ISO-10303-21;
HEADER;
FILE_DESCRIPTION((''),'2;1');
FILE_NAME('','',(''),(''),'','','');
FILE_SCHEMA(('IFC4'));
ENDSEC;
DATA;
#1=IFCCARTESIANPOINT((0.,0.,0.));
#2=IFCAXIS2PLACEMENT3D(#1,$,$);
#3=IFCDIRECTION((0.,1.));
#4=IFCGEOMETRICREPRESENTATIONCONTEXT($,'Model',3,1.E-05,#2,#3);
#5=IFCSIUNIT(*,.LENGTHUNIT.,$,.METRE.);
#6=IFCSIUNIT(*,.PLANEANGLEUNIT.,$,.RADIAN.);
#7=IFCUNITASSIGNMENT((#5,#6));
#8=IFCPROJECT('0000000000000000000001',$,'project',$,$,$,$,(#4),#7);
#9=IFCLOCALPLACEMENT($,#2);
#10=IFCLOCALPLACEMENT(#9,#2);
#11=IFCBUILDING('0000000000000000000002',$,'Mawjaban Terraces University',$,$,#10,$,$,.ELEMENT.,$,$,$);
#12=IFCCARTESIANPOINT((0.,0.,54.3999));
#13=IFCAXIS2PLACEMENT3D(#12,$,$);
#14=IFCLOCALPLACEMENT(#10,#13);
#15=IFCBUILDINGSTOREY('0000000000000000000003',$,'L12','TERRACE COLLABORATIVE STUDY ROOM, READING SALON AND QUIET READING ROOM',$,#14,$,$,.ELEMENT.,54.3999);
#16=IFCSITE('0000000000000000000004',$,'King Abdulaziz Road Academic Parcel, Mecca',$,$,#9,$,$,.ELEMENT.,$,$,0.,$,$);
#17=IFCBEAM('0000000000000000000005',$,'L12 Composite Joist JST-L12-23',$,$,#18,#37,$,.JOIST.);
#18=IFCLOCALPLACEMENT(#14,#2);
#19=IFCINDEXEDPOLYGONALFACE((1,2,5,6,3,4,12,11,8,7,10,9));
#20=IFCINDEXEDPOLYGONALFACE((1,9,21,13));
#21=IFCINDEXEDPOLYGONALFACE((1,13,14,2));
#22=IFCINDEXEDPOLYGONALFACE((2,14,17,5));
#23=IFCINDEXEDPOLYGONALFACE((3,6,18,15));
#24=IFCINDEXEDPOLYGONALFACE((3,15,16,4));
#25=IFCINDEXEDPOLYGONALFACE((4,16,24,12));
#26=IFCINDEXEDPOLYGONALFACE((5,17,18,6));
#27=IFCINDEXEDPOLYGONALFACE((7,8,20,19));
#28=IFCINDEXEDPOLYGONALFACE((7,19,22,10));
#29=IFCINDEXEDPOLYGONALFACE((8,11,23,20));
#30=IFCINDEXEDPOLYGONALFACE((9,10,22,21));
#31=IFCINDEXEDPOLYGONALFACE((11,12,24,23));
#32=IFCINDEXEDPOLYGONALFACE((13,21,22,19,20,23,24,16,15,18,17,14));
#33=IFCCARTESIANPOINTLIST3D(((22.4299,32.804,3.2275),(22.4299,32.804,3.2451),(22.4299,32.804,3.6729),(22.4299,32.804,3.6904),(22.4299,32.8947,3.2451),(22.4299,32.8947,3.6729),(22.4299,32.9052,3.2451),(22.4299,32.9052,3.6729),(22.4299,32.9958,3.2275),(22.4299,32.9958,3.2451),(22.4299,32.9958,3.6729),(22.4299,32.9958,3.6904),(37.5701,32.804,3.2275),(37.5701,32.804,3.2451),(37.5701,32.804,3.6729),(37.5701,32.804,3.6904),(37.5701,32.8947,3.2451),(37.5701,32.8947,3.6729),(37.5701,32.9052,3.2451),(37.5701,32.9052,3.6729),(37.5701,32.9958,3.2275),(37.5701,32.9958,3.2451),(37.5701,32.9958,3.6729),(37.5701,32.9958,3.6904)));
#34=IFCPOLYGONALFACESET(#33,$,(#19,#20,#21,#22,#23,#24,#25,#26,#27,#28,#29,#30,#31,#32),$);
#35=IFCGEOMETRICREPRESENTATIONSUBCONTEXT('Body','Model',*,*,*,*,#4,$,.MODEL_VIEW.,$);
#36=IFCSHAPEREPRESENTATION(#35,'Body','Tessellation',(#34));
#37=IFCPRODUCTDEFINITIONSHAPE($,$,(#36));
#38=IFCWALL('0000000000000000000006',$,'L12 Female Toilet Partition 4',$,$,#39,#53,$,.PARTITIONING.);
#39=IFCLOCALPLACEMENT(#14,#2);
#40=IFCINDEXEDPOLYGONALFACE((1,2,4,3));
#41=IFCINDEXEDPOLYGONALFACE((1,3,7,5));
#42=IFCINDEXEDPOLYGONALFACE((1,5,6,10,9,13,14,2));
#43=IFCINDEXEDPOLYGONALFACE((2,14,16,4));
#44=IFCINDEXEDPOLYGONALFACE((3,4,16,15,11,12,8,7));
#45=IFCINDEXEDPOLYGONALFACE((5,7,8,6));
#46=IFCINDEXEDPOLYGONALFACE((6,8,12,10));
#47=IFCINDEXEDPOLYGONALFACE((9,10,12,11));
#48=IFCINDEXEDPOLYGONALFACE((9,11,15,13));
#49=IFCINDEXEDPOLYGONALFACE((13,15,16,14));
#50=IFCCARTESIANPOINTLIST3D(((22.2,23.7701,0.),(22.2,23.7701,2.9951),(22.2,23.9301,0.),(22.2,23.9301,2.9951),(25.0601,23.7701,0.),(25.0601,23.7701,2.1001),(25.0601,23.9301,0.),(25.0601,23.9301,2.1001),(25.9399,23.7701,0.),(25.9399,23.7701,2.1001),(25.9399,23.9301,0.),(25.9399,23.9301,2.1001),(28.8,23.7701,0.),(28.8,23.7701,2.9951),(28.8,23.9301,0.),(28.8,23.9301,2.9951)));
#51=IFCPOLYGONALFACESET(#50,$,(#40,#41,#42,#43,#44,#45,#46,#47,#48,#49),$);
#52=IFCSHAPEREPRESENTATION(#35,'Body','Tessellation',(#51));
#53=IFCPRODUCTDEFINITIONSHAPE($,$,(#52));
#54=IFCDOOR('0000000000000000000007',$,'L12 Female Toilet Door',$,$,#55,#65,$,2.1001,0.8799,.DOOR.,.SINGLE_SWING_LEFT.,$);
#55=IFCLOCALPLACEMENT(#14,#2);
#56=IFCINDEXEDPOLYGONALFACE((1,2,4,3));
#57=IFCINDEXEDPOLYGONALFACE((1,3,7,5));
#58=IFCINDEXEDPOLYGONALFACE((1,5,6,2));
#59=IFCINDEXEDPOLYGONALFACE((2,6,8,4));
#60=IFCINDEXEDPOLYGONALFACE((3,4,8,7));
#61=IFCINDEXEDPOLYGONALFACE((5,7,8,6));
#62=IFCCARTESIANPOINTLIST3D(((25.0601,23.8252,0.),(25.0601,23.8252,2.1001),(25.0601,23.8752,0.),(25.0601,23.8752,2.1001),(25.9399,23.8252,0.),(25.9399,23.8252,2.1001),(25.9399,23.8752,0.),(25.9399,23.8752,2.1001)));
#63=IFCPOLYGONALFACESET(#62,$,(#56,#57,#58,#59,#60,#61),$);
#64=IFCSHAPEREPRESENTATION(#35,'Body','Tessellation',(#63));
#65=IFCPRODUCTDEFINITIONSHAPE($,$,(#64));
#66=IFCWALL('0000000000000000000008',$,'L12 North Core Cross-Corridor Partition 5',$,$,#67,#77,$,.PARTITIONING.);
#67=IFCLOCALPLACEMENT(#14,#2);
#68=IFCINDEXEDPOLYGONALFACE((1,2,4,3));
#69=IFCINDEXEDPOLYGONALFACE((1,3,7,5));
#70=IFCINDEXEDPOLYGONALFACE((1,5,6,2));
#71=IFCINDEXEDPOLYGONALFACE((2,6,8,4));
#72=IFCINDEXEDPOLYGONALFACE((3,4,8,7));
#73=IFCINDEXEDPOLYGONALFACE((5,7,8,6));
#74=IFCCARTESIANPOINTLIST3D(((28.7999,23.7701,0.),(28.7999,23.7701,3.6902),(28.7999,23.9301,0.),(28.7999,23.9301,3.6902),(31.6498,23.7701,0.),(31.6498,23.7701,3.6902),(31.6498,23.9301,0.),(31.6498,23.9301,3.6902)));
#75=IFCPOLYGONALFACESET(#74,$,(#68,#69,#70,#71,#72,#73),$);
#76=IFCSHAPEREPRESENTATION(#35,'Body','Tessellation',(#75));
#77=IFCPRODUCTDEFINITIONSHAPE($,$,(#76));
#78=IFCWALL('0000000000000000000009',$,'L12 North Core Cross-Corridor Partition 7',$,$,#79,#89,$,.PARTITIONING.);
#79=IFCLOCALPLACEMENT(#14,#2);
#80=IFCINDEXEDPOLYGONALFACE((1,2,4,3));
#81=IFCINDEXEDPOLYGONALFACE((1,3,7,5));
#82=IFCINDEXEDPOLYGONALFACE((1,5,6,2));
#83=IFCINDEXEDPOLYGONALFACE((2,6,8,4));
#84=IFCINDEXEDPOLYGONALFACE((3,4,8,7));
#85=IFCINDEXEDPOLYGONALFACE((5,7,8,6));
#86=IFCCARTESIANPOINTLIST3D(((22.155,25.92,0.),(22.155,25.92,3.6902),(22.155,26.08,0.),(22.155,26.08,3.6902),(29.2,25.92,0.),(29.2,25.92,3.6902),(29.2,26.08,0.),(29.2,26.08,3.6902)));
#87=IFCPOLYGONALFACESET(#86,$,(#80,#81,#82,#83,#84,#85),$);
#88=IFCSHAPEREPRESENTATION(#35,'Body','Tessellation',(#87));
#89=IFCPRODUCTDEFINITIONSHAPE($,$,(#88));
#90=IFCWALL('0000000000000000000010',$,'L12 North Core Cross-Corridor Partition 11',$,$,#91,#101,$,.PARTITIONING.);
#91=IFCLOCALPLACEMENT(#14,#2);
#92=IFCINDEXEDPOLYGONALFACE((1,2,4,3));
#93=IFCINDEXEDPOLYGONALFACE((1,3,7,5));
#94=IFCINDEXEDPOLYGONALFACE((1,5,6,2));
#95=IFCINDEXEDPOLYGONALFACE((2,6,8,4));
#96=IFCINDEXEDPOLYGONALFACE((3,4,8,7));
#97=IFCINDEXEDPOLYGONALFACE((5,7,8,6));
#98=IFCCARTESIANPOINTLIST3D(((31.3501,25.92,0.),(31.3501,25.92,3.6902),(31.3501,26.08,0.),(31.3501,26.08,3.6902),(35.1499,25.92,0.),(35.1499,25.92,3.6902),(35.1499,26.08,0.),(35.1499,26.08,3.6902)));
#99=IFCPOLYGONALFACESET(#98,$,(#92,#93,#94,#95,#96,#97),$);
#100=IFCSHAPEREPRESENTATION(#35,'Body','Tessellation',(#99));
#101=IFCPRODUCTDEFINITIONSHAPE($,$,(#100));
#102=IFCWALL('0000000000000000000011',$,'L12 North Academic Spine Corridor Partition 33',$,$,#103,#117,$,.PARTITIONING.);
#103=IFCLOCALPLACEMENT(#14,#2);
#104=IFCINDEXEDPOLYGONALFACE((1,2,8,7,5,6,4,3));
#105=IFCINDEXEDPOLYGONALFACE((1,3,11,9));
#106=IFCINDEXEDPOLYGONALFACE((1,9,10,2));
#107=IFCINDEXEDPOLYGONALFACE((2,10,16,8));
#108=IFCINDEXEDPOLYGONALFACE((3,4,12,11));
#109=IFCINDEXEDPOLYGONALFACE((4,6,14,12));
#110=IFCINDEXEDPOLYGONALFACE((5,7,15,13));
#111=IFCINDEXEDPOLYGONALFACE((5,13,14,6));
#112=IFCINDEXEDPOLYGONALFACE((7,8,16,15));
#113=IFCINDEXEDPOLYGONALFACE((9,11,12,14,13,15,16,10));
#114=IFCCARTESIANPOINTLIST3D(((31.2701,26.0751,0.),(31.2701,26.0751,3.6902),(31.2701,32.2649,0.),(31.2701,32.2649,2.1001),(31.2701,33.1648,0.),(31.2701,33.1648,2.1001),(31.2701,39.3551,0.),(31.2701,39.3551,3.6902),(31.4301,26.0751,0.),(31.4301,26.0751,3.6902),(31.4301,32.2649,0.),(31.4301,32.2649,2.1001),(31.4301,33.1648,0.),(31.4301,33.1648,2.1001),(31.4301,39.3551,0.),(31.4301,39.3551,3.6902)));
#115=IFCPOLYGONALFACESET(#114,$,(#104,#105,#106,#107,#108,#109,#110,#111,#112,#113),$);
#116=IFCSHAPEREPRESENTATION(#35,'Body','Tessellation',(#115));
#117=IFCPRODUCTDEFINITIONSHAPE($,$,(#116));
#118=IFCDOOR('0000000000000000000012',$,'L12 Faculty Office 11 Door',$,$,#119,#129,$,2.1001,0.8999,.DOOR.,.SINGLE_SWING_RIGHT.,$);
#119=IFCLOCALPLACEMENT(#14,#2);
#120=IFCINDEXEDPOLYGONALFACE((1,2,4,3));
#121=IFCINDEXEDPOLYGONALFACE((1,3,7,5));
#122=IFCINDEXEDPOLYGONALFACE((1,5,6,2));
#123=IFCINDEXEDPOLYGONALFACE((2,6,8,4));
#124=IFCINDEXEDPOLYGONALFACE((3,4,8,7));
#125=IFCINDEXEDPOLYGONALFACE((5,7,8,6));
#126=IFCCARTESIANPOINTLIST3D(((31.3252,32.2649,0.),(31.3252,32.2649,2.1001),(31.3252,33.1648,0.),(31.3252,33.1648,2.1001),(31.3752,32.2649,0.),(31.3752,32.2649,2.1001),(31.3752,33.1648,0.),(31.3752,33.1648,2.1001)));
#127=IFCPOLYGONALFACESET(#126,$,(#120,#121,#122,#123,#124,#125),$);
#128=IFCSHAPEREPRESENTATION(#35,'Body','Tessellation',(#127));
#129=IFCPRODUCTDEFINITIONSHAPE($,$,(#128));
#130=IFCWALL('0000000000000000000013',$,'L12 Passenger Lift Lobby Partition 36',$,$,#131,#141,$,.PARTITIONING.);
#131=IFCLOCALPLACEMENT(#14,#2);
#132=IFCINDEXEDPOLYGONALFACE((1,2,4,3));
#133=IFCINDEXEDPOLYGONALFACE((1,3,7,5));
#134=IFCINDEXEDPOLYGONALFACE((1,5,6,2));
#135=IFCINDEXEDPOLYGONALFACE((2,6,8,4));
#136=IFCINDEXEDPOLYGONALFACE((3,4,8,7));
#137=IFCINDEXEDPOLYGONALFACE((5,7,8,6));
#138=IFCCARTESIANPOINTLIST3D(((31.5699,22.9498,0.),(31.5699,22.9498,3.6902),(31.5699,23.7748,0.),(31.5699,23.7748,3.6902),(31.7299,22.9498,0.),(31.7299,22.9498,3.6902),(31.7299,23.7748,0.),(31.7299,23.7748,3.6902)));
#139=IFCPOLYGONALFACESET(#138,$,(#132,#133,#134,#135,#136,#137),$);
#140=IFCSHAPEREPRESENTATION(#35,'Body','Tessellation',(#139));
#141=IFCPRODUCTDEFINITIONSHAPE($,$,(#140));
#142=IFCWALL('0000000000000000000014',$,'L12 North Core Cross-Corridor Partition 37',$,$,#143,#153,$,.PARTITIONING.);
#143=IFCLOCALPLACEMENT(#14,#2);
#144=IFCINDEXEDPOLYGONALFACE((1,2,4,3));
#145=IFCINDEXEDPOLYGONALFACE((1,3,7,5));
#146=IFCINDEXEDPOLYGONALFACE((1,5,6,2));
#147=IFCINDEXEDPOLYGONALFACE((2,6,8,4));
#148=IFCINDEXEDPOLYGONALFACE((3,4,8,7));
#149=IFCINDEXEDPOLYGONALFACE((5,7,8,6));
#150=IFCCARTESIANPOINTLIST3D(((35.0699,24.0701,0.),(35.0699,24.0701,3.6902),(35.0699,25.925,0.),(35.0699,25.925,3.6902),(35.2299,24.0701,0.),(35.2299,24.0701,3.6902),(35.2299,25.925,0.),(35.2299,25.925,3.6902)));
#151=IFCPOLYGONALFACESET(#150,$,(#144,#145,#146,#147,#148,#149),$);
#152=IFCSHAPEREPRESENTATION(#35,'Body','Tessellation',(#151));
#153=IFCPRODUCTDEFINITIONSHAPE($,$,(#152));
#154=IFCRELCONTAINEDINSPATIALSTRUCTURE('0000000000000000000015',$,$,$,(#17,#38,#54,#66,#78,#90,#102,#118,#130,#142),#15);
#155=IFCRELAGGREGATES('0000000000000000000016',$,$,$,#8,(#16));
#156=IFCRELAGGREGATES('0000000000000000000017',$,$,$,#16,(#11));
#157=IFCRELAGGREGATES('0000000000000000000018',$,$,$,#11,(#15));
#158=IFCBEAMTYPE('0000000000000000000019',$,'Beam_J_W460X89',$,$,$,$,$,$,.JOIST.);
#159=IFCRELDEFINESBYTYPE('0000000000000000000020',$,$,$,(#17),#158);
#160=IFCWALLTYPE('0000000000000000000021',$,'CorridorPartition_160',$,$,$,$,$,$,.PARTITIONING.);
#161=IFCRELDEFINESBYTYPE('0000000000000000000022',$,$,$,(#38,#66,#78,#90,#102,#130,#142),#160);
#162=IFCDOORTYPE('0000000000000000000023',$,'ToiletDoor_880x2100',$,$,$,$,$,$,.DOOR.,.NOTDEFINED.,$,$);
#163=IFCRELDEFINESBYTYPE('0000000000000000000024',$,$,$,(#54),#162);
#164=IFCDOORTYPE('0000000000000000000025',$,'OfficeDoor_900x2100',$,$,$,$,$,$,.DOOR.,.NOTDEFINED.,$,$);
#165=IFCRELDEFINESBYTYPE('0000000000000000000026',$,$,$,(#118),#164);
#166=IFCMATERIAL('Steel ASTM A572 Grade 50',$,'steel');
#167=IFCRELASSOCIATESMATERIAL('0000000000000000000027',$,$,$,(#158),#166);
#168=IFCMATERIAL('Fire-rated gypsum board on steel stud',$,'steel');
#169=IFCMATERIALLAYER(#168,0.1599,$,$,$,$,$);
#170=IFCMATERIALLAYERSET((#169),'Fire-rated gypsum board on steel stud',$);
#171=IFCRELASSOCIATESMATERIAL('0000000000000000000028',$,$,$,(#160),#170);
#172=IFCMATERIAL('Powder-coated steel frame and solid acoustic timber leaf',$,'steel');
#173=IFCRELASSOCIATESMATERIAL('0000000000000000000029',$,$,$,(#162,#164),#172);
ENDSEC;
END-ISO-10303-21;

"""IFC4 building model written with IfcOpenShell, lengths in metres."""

from ifc_helpers import new_model, si_unit, direction, frame, frame_2d, origin, origin_2d, place, context, subcontext, project, spatial, rectangle, i_section, extrude, material, layer, layer_set, material_profile, profile_set, type_object, element, fill, save


model = new_model("IFC4")

# Units and contexts
model_context = context("Model", 3, precision=1e-05, world=origin(), true_north=direction((0.0, 1.0)))
body_context = subcontext(model_context, "Body", "Model", "MODEL_VIEW")
ifc_project = project(units=[si_unit("LENGTHUNIT", "METRE"), si_unit("PLANEANGLEUNIT", "RADIAN")], contexts=[model_context])

# Site, building, storey
site_placement = place(None, origin())
site = spatial("IfcSite", under=ifc_project, at=site_placement, Name="King Abdulaziz Road Academic Parcel, Mecca", CompositionType="ELEMENT", RefElevation=0.0)
building_placement = place(site_placement, origin())
building = spatial("IfcBuilding", under=site, at=building_placement, Name="Mawjaban Terraces University", CompositionType="ELEMENT")
storey_placement = place(building_placement, frame((0.0, 0.0, 54.3999)))
storey = spatial("IfcBuildingStorey", under=building, at=storey_placement, Name="L12", Description="TERRACE COLLABORATIVE STUDY ROOM, READING SALON AND QUIET READING ROOM", CompositionType="ELEMENT", Elevation=54.3999)

# Beam
ifc_material_1 = material(Name="Steel ASTM A572 Grade 50", Category="steel")
ifc_material_profile_1 = material_profile(ifc_material_1, i_section(OverallWidth=0.1919, OverallDepth=0.4629, WebThickness=0.0105, FlangeThickness=0.0176, at=origin_2d()), Name="W460X89")
ifc_profile_set_1 = profile_set([ifc_material_profile_1], Name="Steel ASTM A572 Grade 50")
beam_type_1 = type_object("IfcBeamType", Name="Beam_J_W460X89", PredefinedType="JOIST", material=ifc_profile_set_1)
for number, where, z_axis, x_axis, name in (
    (1, (22.4299, 32.8999, 3.459), (1.0, 0.0, 0.0), (0.0, 1.0, 0.0), "L12 Composite Joist JST-L12-23"),
):
    element("IfcBeam", number, at=place(storey_placement, frame(where, z_axis=z_axis, x_axis=x_axis)), inside=storey, type_object=beam_type_1, Name=name, PredefinedType="JOIST", context=body_context, shape_type="SweptSolid", body=[
        extrude(i_section(OverallWidth=0.1919, OverallDepth=0.4629, WebThickness=0.0105, FlangeThickness=0.0176, at=origin_2d()), origin(), (0.0, 0.0, 1.0), 15.1401),
    ])

# Wall, opening, door
ifc_material_2 = material(Name="Fire-rated gypsum board on steel stud", Category="steel")
ifc_layer_1 = layer(ifc_material_2, 0.1599)
ifc_layer_set_1 = layer_set([ifc_layer_1], Name="Fire-rated gypsum board on steel stud")
wall_type_1 = type_object("IfcWallType", Name="CorridorPartition_160", PredefinedType="PARTITIONING", material=ifc_layer_set_1)
wall_1_placement = place(storey_placement, frame((28.8, 23.8501, 0.0), z_axis=(0.0, 0.0, 1.0), x_axis=(-1.0, 0.0, 0.0)))
wall_1 = element("IfcWall", 2, at=wall_1_placement, inside=storey, type_object=wall_type_1, Name="L12 Female Toilet Partition 4", PredefinedType="PARTITIONING", context=body_context, shape_type="SweptSolid", body=[
    extrude(rectangle(XDim=6.6001, YDim=0.1599, at=frame_2d((3.3, 0.0))), origin(), (0.0, 0.0, 1.0), 2.9951),
])
opening_1_placement = place(wall_1_placement, frame((2.8601, 0.0, 0.0)))
opening_1 = element("IfcOpeningElement", 3, at=opening_1_placement, cuts=wall_1, PredefinedType="OPENING", context=body_context, shape_type="SweptSolid", body=[
    extrude(rectangle(XDim=0.8799, YDim=2.1001, at=frame_2d((0.4399, 1.05))), frame((0.0, 0.0898, 0.0), z_axis=(0.0, -1.0, 0.0), x_axis=(1.0, 0.0, 0.0)), (0.0, 0.0, 1.0), 0.1799),
])
ifc_material_3 = material(Name="Powder-coated steel frame and solid acoustic timber leaf", Category="steel")
door_type_1 = type_object("IfcDoorType", Name="ToiletDoor_880x2100", OperationType="NOTDEFINED", PredefinedType="DOOR", material=ifc_material_3)
door_1_placement = place(opening_1_placement, origin())
door_1 = element("IfcDoor", 4, at=door_1_placement, inside=storey, type_object=door_type_1, Name="L12 Female Toilet Door", OperationType="SINGLE_SWING_LEFT", OverallHeight=2.1001, OverallWidth=0.8799, PredefinedType="DOOR", context=body_context, shape_type="SweptSolid", body=[
    extrude(rectangle(XDim=0.8799, YDim=2.1001, at=frame_2d((0.4399, 1.05))), frame((0.0, 0.0249, 0.0), z_axis=(0.0, -1.0, 0.0), x_axis=(1.0, 0.0, 0.0)), (0.0, 0.0, 1.0), 0.05),
])
fill(opening_1, door_1)

# Walls
wall_2_placement = place(storey_placement, frame((28.8, 23.8501, 0.0), z_axis=(0.0, 0.0, 1.0), x_axis=(1.0, 0.0, 0.0)))
element("IfcWall", 5, at=wall_2_placement, inside=storey, type_object=wall_type_1, Name="L12 North Core Cross-Corridor Partition 5", PredefinedType="PARTITIONING", context=body_context, shape_type="SweptSolid", body=[
    extrude(rectangle(XDim=2.8499, YDim=0.1599, at=frame_2d((1.4248, 0.0))), origin(), (0.0, 0.0, 1.0), 3.6902),
])
wall_3_placement = place(storey_placement, frame((29.2, 26.0, 0.0), z_axis=(0.0, 0.0, 1.0), x_axis=(-1.0, 0.0, 0.0)))
element("IfcWall", 6, at=wall_3_placement, inside=storey, type_object=wall_type_1, Name="L12 North Core Cross-Corridor Partition 7", PredefinedType="PARTITIONING", context=body_context, shape_type="SweptSolid", body=[
    extrude(rectangle(XDim=7.0449, YDim=0.1599, at=frame_2d((3.5225, 0.0))), origin(), (0.0, 0.0, 1.0), 3.6902),
])
wall_4_placement = place(storey_placement, frame((35.1499, 26.0, 0.0), z_axis=(0.0, 0.0, 1.0), x_axis=(-1.0, 0.0, 0.0)))
element("IfcWall", 7, at=wall_4_placement, inside=storey, type_object=wall_type_1, Name="L12 North Core Cross-Corridor Partition 11", PredefinedType="PARTITIONING", context=body_context, shape_type="SweptSolid", body=[
    extrude(rectangle(XDim=3.7998, YDim=0.1599, at=frame_2d((1.8999, 0.0))), origin(), (0.0, 0.0, 1.0), 3.6902),
])

# Wall, opening, door
wall_5_placement = place(storey_placement, frame((31.3501, 26.075, 0.0), z_axis=(0.0, 0.0, 1.0), x_axis=(0.0, 1.0, 0.0)))
wall_5 = element("IfcWall", 8, at=wall_5_placement, inside=storey, type_object=wall_type_1, Name="L12 North Academic Spine Corridor Partition 33", PredefinedType="PARTITIONING", context=body_context, shape_type="SweptSolid", body=[
    extrude(rectangle(XDim=13.28, YDim=0.1599, at=frame_2d((6.6401, 0.0))), origin(), (0.0, 0.0, 1.0), 3.6902),
])
opening_2_placement = place(wall_5_placement, frame((6.1899, 0.0, 0.0)))
opening_2 = element("IfcOpeningElement", 9, at=opening_2_placement, cuts=wall_5, PredefinedType="OPENING", context=body_context, shape_type="SweptSolid", body=[
    extrude(rectangle(XDim=0.8999, YDim=2.1001, at=frame_2d((0.45, 1.05))), frame((0.0, 0.0898, 0.0), z_axis=(0.0, -1.0, 0.0), x_axis=(1.0, 0.0, 0.0)), (0.0, 0.0, 1.0), 0.1799),
])
door_type_2 = type_object("IfcDoorType", Name="OfficeDoor_900x2100", OperationType="NOTDEFINED", PredefinedType="DOOR", material=ifc_material_3)
door_2_placement = place(opening_2_placement, origin())
door_2 = element("IfcDoor", 10, at=door_2_placement, inside=storey, type_object=door_type_2, Name="L12 Faculty Office 11 Door", OperationType="SINGLE_SWING_RIGHT", OverallHeight=2.1001, OverallWidth=0.8999, PredefinedType="DOOR", context=body_context, shape_type="SweptSolid", body=[
    extrude(rectangle(XDim=0.8999, YDim=2.1001, at=frame_2d((0.45, 1.05))), frame((0.0, 0.0249, 0.0), z_axis=(0.0, -1.0, 0.0), x_axis=(1.0, 0.0, 0.0)), (0.0, 0.0, 1.0), 0.05),
])
fill(opening_2, door_2)

# Walls
wall_6_placement = place(storey_placement, frame((31.6499, 23.7749, 0.0), z_axis=(0.0, 0.0, 1.0), x_axis=(0.0, -1.0, 0.0)))
element("IfcWall", 11, at=wall_6_placement, inside=storey, type_object=wall_type_1, Name="L12 Passenger Lift Lobby Partition 36", PredefinedType="PARTITIONING", context=body_context, shape_type="SweptSolid", body=[
    extrude(rectangle(XDim=0.825, YDim=0.1599, at=frame_2d((0.4126, 0.0))), origin(), (0.0, 0.0, 1.0), 3.6902),
])
wall_7_placement = place(storey_placement, frame((35.1499, 24.0701, 0.0), z_axis=(0.0, 0.0, 1.0), x_axis=(0.0, 1.0, 0.0)))
element("IfcWall", 12, at=wall_7_placement, inside=storey, type_object=wall_type_1, Name="L12 North Core Cross-Corridor Partition 37", PredefinedType="PARTITIONING", context=body_context, shape_type="SweptSolid", body=[
    extrude(rectangle(XDim=1.855, YDim=0.1599, at=frame_2d((0.9275, 0.0))), origin(), (0.0, 0.0, 1.0), 3.6902),
])

save(model, "model.ifc")
